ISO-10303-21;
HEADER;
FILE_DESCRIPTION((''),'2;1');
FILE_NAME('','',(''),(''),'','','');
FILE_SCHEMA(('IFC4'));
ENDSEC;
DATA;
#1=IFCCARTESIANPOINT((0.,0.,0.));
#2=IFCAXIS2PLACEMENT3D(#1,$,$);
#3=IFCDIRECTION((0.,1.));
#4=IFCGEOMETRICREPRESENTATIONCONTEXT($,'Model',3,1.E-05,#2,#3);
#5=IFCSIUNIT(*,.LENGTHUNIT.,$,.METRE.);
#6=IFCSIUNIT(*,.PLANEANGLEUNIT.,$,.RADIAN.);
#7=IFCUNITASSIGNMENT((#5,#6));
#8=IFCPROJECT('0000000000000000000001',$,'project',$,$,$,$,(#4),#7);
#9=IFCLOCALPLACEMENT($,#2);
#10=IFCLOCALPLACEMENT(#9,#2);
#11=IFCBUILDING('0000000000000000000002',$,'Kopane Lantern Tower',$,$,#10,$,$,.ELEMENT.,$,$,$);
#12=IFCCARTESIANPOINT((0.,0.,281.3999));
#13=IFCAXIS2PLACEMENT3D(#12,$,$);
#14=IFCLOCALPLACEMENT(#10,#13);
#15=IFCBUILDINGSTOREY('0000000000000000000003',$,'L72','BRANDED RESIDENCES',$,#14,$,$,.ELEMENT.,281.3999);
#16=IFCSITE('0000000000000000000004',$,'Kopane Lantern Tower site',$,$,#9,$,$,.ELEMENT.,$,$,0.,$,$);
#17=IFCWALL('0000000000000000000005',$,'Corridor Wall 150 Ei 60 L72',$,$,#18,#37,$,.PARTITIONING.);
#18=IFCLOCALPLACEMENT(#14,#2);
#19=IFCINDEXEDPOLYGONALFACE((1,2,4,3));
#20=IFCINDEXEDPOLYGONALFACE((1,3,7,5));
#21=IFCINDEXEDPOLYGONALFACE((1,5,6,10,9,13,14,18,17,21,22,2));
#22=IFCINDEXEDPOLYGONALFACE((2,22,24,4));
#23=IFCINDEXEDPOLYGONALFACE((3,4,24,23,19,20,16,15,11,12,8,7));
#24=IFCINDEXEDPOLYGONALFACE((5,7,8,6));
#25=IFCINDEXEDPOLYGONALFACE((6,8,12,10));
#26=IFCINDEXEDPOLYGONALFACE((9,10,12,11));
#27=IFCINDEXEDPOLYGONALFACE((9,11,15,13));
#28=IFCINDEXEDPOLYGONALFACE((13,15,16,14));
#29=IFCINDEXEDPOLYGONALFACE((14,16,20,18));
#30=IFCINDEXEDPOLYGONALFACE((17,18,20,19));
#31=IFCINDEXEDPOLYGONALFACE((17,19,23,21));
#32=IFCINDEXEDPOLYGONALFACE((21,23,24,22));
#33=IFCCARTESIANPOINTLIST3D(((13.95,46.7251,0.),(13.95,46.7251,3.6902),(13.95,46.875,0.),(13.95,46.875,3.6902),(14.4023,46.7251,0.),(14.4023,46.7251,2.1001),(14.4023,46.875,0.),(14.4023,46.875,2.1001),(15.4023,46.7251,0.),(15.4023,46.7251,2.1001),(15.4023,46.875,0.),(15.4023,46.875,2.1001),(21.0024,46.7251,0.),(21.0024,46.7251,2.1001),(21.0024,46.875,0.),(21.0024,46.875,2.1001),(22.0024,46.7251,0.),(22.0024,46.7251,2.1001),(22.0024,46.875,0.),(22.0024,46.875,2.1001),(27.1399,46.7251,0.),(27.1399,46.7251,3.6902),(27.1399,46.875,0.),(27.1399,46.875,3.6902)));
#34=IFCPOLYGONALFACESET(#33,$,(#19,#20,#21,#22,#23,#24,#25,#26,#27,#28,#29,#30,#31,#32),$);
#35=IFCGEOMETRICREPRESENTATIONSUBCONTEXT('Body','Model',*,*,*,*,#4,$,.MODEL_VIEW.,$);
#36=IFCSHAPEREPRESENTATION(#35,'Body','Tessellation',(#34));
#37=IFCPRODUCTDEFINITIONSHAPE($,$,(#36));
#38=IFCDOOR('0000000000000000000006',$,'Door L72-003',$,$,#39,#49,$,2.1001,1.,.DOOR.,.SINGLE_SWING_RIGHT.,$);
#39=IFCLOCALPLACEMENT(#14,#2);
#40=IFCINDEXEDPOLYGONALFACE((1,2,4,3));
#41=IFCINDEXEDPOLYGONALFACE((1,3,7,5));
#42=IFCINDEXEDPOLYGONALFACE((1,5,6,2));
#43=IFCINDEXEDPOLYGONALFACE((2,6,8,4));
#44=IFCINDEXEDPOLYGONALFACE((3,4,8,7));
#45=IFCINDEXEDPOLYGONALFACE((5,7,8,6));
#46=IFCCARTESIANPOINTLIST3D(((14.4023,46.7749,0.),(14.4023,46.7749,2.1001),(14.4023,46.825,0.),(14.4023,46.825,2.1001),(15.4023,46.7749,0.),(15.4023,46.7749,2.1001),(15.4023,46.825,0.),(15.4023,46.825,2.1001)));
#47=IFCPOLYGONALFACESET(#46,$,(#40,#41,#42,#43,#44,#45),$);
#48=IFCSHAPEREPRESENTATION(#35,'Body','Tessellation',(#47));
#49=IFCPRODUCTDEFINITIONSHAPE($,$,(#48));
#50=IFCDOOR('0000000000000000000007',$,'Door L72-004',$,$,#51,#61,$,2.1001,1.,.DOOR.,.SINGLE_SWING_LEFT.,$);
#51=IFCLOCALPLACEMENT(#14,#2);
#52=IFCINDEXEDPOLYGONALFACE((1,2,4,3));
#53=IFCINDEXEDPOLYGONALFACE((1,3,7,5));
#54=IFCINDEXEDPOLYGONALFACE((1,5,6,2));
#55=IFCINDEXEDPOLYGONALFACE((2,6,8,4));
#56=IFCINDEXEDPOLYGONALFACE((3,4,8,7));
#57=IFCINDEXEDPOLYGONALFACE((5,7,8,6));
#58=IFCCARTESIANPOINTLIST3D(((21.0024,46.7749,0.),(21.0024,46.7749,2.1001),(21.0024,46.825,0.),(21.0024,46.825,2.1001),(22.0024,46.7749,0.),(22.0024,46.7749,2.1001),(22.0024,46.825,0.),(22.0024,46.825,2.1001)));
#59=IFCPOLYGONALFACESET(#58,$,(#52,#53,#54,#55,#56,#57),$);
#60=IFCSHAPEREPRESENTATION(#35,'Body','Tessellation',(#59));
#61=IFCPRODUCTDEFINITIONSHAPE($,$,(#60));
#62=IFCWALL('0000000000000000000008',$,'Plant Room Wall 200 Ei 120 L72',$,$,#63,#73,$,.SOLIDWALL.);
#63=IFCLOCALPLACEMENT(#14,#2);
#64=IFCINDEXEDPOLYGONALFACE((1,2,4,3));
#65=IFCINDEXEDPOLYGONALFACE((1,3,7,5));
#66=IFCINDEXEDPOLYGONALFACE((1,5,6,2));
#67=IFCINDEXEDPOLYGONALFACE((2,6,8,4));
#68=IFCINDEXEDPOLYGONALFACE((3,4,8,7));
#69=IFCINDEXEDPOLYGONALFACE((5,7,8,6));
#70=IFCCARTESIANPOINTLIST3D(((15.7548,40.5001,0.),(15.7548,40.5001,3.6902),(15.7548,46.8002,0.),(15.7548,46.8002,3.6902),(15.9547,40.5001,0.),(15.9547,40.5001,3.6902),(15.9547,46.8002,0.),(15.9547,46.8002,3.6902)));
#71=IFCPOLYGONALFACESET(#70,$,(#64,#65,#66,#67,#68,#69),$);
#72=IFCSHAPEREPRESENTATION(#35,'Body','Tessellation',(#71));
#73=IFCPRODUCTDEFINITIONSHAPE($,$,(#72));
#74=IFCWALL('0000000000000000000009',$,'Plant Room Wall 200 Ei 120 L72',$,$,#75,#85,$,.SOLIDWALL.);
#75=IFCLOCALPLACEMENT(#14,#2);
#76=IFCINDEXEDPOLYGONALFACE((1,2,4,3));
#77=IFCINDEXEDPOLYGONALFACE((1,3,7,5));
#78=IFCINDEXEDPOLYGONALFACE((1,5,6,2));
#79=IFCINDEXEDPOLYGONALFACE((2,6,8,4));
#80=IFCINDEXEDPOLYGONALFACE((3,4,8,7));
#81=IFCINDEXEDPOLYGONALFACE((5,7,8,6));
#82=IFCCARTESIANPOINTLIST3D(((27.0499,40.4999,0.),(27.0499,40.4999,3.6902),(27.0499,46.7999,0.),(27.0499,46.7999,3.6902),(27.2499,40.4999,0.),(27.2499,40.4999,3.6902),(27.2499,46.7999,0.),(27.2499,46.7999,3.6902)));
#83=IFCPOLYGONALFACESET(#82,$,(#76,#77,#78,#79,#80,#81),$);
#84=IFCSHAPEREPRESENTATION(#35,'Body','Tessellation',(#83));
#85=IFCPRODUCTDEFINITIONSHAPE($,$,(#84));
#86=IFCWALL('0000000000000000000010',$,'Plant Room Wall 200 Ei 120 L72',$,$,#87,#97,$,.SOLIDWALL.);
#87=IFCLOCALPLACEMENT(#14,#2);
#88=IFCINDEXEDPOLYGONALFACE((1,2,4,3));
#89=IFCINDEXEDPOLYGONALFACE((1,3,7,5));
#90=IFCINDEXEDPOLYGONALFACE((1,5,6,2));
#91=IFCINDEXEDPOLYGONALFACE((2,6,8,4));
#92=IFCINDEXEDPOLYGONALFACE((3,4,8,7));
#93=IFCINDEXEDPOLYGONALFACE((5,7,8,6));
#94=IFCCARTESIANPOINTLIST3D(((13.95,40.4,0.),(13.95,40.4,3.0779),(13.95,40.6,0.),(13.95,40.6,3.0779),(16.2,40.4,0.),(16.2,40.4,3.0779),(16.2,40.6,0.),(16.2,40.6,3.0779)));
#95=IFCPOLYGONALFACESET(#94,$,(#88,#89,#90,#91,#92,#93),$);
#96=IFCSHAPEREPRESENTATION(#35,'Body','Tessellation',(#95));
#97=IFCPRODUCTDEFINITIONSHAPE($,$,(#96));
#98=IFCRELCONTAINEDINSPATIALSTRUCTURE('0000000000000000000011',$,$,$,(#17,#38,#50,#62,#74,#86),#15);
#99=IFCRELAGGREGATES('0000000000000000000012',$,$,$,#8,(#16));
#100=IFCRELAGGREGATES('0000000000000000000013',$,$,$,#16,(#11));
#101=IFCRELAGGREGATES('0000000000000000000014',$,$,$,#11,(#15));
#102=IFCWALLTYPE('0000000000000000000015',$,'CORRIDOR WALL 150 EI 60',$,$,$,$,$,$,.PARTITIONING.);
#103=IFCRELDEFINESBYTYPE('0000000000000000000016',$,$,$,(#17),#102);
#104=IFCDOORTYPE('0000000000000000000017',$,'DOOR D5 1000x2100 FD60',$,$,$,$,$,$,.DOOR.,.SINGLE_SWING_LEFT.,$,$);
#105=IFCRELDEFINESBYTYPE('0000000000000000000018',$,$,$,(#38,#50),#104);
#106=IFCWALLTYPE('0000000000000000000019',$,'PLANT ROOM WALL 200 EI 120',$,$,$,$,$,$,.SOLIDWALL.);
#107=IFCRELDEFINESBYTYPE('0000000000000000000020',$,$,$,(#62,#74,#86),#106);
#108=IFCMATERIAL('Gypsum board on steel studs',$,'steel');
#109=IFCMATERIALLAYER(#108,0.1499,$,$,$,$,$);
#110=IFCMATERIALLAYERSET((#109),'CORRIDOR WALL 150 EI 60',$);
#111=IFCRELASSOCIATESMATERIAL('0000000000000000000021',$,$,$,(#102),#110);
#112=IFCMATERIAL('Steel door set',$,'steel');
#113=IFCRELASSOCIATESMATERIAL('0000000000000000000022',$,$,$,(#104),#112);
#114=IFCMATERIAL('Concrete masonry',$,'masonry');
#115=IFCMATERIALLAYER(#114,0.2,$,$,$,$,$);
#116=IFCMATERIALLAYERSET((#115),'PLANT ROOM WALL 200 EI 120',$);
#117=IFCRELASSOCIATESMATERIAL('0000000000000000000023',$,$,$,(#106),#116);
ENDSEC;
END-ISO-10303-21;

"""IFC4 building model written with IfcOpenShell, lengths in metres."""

from ifc_helpers import new_model, si_unit, direction, frame, frame_2d, origin, place, context, subcontext, project, spatial, rectangle, extrude, material, layer, layer_set, type_object, element, fill, save


model = new_model("IFC4")

# Units and contexts
model_context = context("Model", 3, precision=1e-05, world=origin(), true_north=direction((0.0, 1.0)))
body_context = subcontext(model_context, "Body", "Model", "MODEL_VIEW")
ifc_project = project(units=[si_unit("LENGTHUNIT", "METRE"), si_unit("PLANEANGLEUNIT", "RADIAN")], contexts=[model_context])

# Site, building, storey
site_placement = place(None, origin())
site = spatial("IfcSite", under=ifc_project, at=site_placement, Name="Kopane Lantern Tower site", CompositionType="ELEMENT", RefElevation=0.0)
building_placement = place(site_placement, origin())
building = spatial("IfcBuilding", under=site, at=building_placement, Name="Kopane Lantern Tower", CompositionType="ELEMENT")
storey_placement = place(building_placement, frame((0.0, 0.0, 281.3999)))
storey = spatial("IfcBuildingStorey", under=building, at=storey_placement, Name="L72", Description="BRANDED RESIDENCES", CompositionType="ELEMENT", Elevation=281.3999)

# Wall, openings, doors
ifc_material_1 = material(Name="Gypsum board on steel studs", Category="steel")
ifc_layer_1 = layer(ifc_material_1, 0.1499)
ifc_layer_set_1 = layer_set([ifc_layer_1], Name="CORRIDOR WALL 150 EI 60")
wall_type_1 = type_object("IfcWallType", Name="CORRIDOR WALL 150 EI 60", PredefinedType="PARTITIONING", material=ifc_layer_set_1)
wall_1_placement = place(storey_placement, frame((13.95, 46.8, 0.0), z_axis=(0.0, 0.0, 1.0), x_axis=(1.0, 0.0, 0.0)))
wall_1 = element("IfcWall", 1, at=wall_1_placement, inside=storey, type_object=wall_type_1, Name="Corridor Wall 150 Ei 60 L72", PredefinedType="PARTITIONING", context=body_context, shape_type="SweptSolid", body=[
    extrude(rectangle(XDim=13.1899, YDim=0.1499, at=frame_2d((6.595, 0.0))), origin(), (0.0, 0.0, 1.0), 3.6902),
])
opening_1_placement = place(wall_1_placement, frame((0.4524, 0.0, 0.0)))
opening_1 = element("IfcOpeningElement", 2, at=opening_1_placement, cuts=wall_1, PredefinedType="OPENING", context=body_context, shape_type="SweptSolid", body=[
    extrude(rectangle(XDim=1.0, YDim=2.1001, at=frame_2d((0.5, 1.05))), frame((0.0, 0.085, 0.0), z_axis=(0.0, -1.0, 0.0), x_axis=(1.0, 0.0, 0.0)), (0.0, 0.0, 1.0), 0.1699),
])
opening_2_placement = place(wall_1_placement, frame((7.0525, 0.0, 0.0)))
opening_2 = element("IfcOpeningElement", 3, at=opening_2_placement, cuts=wall_1, PredefinedType="OPENING", context=body_context, shape_type="SweptSolid", body=[
    extrude(rectangle(XDim=1.0, YDim=2.1001, at=frame_2d((0.5, 1.05))), frame((0.0, 0.085, 0.0), z_axis=(0.0, -1.0, 0.0), x_axis=(1.0, 0.0, 0.0)), (0.0, 0.0, 1.0), 0.1699),
])
ifc_material_2 = material(Name="Steel door set", Category="steel")
door_type_1 = type_object("IfcDoorType", Name="DOOR D5 1000x2100 FD60", OperationType="SINGLE_SWING_LEFT", PredefinedType="DOOR", material=ifc_material_2)
door_1_placement = place(opening_1_placement, origin())
door_1 = element("IfcDoor", 4, at=door_1_placement, inside=storey, type_object=door_type_1, Name="Door L72-003", OperationType="SINGLE_SWING_RIGHT", OverallHeight=2.1001, OverallWidth=1.0, PredefinedType="DOOR", context=body_context, shape_type="SweptSolid", body=[
    extrude(rectangle(XDim=1.0, YDim=2.1001, at=frame_2d((0.5, 1.05))), frame((0.0, 0.0249, 0.0), z_axis=(0.0, -1.0, 0.0), x_axis=(1.0, 0.0, 0.0)), (0.0, 0.0, 1.0), 0.05),
])
fill(opening_1, door_1)
door_2_placement = place(opening_2_placement, origin())
door_2 = element("IfcDoor", 5, at=door_2_placement, inside=storey, type_object=door_type_1, Name="Door L72-004", OperationType="SINGLE_SWING_LEFT", OverallHeight=2.1001, OverallWidth=1.0, PredefinedType="DOOR", context=body_context, shape_type="SweptSolid", body=[
    extrude(rectangle(XDim=1.0, YDim=2.1001, at=frame_2d((0.5, 1.05))), frame((0.0, 0.0249, 0.0), z_axis=(0.0, -1.0, 0.0), x_axis=(1.0, 0.0, 0.0)), (0.0, 0.0, 1.0), 0.05),
])
fill(opening_2, door_2)

# Walls
ifc_material_3 = material(Name="Concrete masonry", Category="masonry")
ifc_layer_2 = layer(ifc_material_3, 0.2)
ifc_layer_set_2 = layer_set([ifc_layer_2], Name="PLANT ROOM WALL 200 EI 120")
wall_type_2 = type_object("IfcWallType", Name="PLANT ROOM WALL 200 EI 120", PredefinedType="SOLIDWALL", material=ifc_layer_set_2)
for number, where, z_axis, x_axis, name in (
    (6, (15.8547, 46.8, 0.0), (0.0, 0.0, 1.0), (0.0, -1.0, 0.0), "Plant Room Wall 200 Ei 120 L72"),
    (7, (27.1499, 40.5, 0.0), (0.0, 0.0, 1.0), (0.0, 1.0, 0.0), "Plant Room Wall 200 Ei 120 L72"),
):
    element("IfcWall", number, at=place(storey_placement, frame(where, z_axis=z_axis, x_axis=x_axis)), inside=storey, type_object=wall_type_2, Name=name, PredefinedType="SOLIDWALL", context=body_context, shape_type="SweptSolid", body=[
        extrude(rectangle(XDim=6.3, YDim=0.2, at=frame_2d((3.1499, 0.0))), origin(), (0.0, 0.0, 1.0), 3.6902),
    ])
wall_2_placement = place(storey_placement, frame((13.95, 40.5, 0.0), z_axis=(0.0, 0.0, 1.0), x_axis=(1.0, 0.0, 0.0)))
element("IfcWall", 8, at=wall_2_placement, inside=storey, type_object=wall_type_2, Name="Plant Room Wall 200 Ei 120 L72", PredefinedType="SOLIDWALL", context=body_context, shape_type="SweptSolid", body=[
    extrude(rectangle(XDim=2.25, YDim=0.2, at=frame_2d((1.125, 0.0))), origin(), (0.0, 0.0, 1.0), 3.0779),
])

save(model, "model.ifc")
